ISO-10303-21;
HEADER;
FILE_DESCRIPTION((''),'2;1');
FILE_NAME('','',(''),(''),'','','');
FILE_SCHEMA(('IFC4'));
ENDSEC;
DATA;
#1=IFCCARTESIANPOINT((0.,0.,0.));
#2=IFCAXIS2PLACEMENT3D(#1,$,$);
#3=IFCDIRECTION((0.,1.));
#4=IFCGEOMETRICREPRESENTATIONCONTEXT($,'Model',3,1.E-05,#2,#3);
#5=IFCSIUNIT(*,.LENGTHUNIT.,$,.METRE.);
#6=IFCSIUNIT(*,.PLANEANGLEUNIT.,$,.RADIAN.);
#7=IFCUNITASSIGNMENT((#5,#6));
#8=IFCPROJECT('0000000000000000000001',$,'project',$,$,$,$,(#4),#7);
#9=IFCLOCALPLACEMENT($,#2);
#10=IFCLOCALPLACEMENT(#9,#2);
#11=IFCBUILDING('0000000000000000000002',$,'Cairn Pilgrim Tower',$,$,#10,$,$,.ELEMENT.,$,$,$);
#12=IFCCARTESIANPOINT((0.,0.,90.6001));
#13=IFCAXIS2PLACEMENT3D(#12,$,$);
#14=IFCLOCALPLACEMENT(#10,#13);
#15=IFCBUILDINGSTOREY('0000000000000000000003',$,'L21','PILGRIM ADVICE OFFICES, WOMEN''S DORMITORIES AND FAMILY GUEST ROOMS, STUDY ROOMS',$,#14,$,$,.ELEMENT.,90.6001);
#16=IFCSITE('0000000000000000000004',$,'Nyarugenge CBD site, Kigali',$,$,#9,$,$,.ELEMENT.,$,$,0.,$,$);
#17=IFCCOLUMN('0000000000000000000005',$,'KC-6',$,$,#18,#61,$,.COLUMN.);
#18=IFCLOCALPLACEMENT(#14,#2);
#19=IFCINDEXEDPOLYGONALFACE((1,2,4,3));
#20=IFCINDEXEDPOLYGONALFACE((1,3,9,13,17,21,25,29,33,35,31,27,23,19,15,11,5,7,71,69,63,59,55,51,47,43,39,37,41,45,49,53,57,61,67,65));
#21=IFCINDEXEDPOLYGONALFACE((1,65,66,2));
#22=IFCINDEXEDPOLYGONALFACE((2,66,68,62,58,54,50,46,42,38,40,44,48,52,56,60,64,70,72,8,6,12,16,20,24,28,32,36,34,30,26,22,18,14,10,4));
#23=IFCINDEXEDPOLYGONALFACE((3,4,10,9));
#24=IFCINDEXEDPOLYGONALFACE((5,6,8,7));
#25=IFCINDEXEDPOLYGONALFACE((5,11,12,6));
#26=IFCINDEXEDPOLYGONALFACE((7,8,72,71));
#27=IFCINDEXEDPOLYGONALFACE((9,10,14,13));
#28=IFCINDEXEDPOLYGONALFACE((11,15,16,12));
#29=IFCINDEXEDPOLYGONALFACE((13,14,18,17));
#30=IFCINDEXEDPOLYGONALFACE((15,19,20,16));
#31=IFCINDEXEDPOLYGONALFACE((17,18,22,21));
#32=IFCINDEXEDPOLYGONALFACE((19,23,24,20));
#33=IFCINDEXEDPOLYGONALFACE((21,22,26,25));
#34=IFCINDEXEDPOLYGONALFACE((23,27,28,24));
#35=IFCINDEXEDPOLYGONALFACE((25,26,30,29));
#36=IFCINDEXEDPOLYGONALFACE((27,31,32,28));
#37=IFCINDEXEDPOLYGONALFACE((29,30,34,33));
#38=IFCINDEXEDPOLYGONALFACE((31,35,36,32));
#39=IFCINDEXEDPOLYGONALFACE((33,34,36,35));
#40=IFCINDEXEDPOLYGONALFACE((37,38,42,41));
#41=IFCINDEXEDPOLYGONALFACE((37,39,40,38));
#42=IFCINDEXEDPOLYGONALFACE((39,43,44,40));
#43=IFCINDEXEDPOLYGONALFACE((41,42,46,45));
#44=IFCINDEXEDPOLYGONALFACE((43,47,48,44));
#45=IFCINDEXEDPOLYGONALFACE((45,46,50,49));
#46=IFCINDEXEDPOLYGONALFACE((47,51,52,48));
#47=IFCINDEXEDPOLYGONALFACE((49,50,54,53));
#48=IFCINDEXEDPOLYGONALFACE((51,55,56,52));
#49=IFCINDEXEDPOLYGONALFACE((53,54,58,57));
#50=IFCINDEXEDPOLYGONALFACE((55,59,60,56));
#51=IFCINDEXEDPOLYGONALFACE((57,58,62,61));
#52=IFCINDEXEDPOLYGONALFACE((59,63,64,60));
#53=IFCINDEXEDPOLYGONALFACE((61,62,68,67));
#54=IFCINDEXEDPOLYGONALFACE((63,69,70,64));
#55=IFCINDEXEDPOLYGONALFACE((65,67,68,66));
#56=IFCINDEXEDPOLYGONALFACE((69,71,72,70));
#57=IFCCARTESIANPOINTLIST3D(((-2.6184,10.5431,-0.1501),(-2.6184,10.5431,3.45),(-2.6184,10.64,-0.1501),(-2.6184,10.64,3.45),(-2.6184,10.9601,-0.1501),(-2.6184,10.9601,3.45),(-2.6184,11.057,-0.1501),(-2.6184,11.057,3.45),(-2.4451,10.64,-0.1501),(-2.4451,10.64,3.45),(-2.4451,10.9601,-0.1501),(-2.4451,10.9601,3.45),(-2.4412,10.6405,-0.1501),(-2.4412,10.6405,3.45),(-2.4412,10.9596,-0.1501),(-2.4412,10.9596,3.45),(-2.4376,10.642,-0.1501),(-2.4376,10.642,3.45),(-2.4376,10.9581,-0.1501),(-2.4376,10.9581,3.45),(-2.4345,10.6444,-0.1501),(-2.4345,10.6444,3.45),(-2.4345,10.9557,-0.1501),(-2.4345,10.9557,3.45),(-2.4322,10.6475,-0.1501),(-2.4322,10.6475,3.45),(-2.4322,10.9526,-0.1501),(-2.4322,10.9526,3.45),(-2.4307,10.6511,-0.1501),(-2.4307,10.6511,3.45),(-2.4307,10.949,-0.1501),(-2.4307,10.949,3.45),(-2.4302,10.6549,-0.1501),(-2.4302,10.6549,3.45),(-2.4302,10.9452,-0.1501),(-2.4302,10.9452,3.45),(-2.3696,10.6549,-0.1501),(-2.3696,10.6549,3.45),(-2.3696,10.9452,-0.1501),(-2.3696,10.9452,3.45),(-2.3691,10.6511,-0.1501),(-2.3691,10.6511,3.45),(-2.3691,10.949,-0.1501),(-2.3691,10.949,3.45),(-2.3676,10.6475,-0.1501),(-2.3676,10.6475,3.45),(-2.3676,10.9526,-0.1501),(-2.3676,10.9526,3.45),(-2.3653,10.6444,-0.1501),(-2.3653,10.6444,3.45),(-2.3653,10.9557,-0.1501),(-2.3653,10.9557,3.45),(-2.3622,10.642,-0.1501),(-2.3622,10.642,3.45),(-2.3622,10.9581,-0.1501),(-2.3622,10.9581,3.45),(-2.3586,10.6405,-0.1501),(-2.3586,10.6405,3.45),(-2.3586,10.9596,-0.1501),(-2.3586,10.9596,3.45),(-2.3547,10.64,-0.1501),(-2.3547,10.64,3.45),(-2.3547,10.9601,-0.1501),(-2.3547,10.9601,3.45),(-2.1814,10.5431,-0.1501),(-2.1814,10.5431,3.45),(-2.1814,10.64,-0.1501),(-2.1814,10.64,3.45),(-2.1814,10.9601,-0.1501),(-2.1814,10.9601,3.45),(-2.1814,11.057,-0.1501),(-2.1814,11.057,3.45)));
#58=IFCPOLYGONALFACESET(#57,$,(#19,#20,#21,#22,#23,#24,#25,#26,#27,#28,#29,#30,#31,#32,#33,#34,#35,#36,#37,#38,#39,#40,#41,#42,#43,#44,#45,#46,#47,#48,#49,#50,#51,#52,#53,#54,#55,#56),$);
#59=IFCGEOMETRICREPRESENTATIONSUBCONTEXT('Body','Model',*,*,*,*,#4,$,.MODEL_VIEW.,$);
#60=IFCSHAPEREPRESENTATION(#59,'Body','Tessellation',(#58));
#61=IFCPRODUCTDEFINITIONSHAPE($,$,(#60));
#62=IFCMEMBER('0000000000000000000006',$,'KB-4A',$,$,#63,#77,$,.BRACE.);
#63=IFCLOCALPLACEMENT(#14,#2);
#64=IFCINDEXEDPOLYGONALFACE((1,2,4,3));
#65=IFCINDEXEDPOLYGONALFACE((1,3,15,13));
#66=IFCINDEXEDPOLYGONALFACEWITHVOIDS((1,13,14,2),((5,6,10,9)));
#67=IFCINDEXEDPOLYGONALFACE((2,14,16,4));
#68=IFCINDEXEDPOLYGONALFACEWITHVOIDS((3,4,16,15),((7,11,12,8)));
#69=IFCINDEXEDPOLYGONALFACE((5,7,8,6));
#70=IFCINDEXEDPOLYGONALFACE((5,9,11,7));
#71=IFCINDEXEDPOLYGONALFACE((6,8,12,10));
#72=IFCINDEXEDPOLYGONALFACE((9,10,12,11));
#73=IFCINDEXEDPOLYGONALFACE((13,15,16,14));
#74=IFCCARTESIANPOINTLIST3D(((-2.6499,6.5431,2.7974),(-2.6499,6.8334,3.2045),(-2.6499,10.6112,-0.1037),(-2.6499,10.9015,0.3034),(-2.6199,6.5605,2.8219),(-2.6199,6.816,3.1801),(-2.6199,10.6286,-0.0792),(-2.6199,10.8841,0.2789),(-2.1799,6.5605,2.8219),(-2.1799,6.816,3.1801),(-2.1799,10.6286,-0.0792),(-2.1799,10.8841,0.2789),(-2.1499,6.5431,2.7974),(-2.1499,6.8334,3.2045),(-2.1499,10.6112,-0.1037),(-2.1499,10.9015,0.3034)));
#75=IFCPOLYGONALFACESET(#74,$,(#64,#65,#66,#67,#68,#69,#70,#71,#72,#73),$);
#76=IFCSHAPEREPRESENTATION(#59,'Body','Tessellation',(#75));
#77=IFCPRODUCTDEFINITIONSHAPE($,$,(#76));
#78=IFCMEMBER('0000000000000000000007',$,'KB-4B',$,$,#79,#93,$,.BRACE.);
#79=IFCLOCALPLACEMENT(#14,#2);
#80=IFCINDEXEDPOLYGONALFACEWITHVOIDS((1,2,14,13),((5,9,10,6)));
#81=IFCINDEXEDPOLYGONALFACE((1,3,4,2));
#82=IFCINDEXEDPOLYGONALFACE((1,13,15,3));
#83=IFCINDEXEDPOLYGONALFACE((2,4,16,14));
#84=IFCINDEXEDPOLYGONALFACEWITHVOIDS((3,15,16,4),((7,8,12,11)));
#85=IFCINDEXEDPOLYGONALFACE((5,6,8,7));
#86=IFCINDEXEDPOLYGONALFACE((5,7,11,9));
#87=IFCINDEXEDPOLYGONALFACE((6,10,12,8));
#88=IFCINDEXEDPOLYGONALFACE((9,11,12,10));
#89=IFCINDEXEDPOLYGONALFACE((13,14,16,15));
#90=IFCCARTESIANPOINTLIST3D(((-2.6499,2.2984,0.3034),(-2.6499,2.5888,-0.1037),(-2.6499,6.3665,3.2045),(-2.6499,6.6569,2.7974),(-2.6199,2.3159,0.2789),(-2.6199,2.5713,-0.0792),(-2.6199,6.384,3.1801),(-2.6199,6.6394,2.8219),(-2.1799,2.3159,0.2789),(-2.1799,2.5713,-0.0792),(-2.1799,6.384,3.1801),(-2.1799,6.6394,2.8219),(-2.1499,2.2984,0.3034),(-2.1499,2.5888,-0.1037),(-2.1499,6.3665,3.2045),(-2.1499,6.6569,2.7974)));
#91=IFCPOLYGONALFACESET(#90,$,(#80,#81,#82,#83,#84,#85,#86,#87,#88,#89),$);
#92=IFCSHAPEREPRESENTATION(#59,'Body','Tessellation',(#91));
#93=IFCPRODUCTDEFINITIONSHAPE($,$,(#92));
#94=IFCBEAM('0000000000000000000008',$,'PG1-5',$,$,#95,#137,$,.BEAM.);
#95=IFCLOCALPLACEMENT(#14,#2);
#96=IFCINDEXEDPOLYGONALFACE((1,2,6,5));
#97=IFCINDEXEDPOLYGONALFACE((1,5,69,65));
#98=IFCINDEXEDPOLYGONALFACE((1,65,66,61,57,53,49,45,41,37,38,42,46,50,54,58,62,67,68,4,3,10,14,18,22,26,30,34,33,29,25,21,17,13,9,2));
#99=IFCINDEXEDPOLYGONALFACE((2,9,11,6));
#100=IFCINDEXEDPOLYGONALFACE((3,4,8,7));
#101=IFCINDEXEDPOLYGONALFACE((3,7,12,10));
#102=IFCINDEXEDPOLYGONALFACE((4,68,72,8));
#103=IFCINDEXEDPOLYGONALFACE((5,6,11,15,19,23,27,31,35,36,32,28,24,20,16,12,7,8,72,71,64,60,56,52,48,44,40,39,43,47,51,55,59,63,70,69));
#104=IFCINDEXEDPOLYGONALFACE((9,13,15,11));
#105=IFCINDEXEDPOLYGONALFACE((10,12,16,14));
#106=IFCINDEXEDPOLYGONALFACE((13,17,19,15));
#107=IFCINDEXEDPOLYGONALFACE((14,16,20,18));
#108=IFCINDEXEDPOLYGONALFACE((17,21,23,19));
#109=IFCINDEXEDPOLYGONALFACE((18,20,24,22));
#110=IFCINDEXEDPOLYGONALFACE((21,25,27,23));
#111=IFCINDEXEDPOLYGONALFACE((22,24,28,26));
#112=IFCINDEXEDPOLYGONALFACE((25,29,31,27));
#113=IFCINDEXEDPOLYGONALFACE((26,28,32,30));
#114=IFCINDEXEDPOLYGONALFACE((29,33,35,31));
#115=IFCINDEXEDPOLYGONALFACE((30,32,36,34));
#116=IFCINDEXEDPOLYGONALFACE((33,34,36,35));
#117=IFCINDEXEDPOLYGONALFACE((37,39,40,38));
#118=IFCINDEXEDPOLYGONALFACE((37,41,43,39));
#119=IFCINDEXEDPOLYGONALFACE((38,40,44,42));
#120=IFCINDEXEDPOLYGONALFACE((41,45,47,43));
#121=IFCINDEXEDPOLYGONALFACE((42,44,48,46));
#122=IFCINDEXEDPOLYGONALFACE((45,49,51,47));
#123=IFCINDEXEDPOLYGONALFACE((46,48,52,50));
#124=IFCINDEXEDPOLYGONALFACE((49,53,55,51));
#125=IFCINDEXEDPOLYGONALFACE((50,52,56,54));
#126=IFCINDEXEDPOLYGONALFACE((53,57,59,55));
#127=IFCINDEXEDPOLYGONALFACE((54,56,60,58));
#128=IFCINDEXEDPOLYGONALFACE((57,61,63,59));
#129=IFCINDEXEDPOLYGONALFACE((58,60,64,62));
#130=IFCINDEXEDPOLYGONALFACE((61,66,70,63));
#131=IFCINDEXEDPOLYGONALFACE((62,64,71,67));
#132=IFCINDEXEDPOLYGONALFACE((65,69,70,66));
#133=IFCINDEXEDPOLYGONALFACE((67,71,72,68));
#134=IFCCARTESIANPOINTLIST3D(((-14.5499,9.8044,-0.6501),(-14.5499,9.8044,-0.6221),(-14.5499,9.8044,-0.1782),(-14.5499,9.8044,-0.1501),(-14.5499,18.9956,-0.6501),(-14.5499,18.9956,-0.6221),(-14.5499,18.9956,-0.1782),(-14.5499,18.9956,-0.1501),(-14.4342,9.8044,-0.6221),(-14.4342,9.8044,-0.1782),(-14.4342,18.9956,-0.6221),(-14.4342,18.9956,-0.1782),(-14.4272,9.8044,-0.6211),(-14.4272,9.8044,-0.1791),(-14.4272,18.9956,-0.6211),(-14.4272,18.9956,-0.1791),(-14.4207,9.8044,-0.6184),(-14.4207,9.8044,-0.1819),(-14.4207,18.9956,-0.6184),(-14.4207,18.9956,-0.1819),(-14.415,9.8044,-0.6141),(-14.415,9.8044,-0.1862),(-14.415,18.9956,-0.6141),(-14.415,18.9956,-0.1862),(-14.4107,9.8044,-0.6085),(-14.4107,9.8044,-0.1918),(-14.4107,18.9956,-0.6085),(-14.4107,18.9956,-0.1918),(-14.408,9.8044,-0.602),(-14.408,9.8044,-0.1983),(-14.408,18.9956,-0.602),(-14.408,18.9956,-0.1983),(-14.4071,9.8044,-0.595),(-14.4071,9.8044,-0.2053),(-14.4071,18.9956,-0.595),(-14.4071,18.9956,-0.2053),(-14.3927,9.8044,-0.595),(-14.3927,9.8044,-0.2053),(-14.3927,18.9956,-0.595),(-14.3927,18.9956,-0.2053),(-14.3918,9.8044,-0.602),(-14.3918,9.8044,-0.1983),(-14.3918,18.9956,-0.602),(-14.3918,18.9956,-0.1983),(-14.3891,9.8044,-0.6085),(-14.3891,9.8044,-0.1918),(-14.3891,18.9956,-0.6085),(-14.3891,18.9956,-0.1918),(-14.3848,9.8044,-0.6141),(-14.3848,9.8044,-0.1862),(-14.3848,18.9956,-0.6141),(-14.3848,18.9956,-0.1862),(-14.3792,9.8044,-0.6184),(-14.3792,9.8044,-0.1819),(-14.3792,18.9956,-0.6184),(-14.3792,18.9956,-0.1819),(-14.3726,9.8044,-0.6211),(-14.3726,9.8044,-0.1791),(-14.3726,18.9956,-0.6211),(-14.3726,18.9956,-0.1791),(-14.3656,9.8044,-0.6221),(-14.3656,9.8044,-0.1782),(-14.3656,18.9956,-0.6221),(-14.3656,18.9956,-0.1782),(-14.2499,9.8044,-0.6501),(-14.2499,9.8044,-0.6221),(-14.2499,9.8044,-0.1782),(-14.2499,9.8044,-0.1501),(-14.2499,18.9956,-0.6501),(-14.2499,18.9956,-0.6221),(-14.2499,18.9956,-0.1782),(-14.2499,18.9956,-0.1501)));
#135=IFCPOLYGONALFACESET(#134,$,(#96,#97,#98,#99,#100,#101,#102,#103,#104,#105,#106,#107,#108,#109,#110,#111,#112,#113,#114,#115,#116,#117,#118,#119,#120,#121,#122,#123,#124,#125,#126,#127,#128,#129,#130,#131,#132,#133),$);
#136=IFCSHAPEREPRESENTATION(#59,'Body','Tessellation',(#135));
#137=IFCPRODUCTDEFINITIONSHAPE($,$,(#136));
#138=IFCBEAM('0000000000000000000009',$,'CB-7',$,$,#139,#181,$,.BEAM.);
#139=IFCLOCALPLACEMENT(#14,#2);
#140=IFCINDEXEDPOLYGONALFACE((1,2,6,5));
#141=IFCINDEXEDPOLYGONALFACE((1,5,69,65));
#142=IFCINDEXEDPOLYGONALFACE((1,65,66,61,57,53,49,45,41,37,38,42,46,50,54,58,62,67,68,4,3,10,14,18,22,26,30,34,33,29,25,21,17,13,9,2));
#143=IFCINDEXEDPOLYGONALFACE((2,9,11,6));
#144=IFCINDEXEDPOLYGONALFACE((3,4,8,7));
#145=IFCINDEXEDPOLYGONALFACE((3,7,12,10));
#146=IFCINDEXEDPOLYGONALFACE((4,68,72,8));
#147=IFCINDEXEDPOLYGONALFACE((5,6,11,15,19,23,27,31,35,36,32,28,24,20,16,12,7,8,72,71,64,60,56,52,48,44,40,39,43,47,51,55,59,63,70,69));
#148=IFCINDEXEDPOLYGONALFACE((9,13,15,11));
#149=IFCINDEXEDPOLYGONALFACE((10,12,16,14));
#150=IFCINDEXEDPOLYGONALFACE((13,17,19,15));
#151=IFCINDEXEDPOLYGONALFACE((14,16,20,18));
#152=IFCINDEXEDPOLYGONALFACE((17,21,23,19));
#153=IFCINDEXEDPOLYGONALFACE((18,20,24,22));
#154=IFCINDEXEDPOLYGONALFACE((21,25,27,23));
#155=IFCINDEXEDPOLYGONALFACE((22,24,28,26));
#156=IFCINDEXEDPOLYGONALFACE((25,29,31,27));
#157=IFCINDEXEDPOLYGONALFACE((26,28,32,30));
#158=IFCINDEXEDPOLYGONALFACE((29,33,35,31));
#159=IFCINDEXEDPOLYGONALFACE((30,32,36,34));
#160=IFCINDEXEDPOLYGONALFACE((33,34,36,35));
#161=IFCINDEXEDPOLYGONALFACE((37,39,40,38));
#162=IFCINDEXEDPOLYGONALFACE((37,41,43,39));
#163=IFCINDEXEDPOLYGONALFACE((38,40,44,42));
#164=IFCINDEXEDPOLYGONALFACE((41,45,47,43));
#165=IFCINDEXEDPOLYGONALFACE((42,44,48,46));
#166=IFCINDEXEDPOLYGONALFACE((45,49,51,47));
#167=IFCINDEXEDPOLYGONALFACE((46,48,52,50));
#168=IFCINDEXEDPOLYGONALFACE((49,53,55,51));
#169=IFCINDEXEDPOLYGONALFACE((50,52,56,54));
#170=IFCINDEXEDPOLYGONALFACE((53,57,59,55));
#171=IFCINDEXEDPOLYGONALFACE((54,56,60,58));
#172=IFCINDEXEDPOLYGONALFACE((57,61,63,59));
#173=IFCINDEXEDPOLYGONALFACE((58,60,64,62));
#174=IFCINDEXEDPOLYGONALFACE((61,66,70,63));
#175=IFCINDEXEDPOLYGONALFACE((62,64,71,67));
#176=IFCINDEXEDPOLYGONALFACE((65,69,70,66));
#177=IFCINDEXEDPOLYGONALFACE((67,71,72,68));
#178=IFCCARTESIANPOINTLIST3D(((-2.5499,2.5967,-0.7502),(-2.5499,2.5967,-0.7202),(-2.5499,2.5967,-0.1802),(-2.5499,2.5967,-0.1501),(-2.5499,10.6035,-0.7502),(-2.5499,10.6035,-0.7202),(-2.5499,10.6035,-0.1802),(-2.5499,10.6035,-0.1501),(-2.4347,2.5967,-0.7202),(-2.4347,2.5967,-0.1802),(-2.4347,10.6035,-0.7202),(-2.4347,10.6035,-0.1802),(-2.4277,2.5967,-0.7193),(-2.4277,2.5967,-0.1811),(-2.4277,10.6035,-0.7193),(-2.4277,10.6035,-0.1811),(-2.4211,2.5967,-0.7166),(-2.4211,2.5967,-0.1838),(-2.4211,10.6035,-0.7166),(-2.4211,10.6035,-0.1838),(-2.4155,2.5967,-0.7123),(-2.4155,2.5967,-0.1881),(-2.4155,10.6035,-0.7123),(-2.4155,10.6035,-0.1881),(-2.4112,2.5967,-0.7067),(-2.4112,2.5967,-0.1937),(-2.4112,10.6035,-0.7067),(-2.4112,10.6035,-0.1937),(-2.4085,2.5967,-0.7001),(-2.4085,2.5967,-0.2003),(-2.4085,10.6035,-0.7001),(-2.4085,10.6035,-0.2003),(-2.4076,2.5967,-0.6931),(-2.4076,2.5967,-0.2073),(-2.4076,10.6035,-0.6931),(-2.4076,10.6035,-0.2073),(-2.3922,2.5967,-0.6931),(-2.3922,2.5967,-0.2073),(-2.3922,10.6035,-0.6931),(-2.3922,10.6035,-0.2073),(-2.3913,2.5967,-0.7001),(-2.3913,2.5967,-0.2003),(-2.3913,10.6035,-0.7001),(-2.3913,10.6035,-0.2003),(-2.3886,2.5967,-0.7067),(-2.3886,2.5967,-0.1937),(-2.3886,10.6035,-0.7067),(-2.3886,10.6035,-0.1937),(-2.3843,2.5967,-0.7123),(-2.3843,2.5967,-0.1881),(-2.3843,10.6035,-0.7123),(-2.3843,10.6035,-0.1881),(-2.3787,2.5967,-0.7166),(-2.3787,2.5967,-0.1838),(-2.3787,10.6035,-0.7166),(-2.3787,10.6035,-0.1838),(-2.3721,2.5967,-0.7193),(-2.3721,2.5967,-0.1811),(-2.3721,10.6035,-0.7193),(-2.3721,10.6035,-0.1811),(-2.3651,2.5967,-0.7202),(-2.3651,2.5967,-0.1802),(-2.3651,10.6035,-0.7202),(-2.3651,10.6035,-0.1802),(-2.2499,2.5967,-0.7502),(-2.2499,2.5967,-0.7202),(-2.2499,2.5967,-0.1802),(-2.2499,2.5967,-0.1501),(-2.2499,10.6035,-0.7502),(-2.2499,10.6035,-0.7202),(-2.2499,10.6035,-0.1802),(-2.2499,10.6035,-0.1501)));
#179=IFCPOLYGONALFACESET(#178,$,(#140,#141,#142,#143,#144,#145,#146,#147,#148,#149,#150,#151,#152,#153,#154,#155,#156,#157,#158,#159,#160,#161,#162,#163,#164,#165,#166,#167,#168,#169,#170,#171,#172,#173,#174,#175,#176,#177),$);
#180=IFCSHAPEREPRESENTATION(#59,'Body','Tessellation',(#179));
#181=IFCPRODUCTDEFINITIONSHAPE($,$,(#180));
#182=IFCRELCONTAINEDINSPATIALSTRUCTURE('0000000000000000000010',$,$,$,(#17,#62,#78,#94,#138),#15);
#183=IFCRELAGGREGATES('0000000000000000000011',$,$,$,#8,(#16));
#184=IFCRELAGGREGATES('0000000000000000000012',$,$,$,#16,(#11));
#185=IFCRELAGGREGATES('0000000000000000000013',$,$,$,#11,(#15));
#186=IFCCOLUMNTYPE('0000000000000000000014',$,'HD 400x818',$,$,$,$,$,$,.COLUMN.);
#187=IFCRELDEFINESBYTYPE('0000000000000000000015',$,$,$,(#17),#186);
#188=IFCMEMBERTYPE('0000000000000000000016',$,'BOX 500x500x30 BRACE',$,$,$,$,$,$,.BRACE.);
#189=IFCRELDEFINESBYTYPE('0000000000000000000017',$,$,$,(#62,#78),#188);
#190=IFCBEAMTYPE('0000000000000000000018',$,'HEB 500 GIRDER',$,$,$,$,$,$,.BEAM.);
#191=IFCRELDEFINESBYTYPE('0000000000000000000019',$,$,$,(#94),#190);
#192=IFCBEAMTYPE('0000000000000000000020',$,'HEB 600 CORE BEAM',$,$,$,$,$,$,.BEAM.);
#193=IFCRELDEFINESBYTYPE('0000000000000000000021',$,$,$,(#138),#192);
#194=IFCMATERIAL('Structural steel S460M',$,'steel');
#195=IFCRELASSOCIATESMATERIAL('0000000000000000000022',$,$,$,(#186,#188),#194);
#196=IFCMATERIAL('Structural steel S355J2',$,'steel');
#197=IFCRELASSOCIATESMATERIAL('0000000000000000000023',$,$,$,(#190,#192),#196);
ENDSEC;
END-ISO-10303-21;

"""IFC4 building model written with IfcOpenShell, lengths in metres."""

from ifc_helpers import new_model, si_unit, direction, frame, origin, origin_2d, place, context, subcontext, project, spatial, hollow_rectangle, i_section, extrude, material, material_profile, profile_set, type_object, element, save


model = new_model("IFC4")

# Units and contexts
model_context = context("Model", 3, precision=1e-05, world=origin(), true_north=direction((0.0, 1.0)))
body_context = subcontext(model_context, "Body", "Model", "MODEL_VIEW")
ifc_project = project(units=[si_unit("LENGTHUNIT", "METRE"), si_unit("PLANEANGLEUNIT", "RADIAN")], contexts=[model_context])

# Site, building, storey
site_placement = place(None, origin())
site = spatial("IfcSite", under=ifc_project, at=site_placement, Name="Nyarugenge CBD site, Kigali", CompositionType="ELEMENT", RefElevation=0.0)
building_placement = place(site_placement, origin())
building = spatial("IfcBuilding", under=site, at=building_placement, Name="Cairn Pilgrim Tower", CompositionType="ELEMENT")
storey_placement = place(building_placement, frame((0.0, 0.0, 90.6001)))
storey = spatial("IfcBuildingStorey", under=building, at=storey_placement, Name="L21", Description="PILGRIM ADVICE OFFICES, WOMEN'S DORMITORIES AND FAMILY GUEST ROOMS, STUDY ROOMS", CompositionType="ELEMENT", Elevation=90.6001)

# Column
ifc_material_1 = material(Name="Structural steel S460M", Category="steel")
ifc_material_profile_1 = material_profile(ifc_material_1, i_section(OverallWidth=0.437, OverallDepth=0.5139, WebThickness=0.0605, FlangeThickness=0.0969, FilletRadius=0.0149, at=origin_2d()), Name="HD 400x818")
ifc_profile_set_1 = profile_set([ifc_material_profile_1], Name="Structural steel S460M")
column_type_1 = type_object("IfcColumnType", Name="HD 400x818", PredefinedType="COLUMN", material=ifc_profile_set_1)
for number, where, z_axis, x_axis, name in (
    (1, (-2.3999, 10.8, -0.1501), (0.0, 0.0, 1.0), (1.0, 0.0, 0.0), "KC-6"),
):
    element("IfcColumn", number, at=place(storey_placement, frame(where, z_axis=z_axis, x_axis=x_axis)), inside=storey, type_object=column_type_1, Name=name, PredefinedType="COLUMN", context=body_context, shape_type="SweptSolid", body=[
        extrude(i_section(OverallWidth=0.437, OverallDepth=0.5139, WebThickness=0.0605, FlangeThickness=0.0969, FilletRadius=0.0149, at=origin_2d()), origin(), (0.0, 0.0, 1.0), 3.6001),
    ])

# Members
ifc_material_profile_2 = material_profile(ifc_material_1, hollow_rectangle(XDim=0.5, YDim=0.5, WallThickness=0.03, at=origin_2d()), Name="BOX 500x500x30")
ifc_profile_set_2 = profile_set([ifc_material_profile_2], Name="Structural steel S460M")
member_type = type_object("IfcMemberType", Name="BOX 500x500x30 BRACE", PredefinedType="BRACE", material=ifc_profile_set_2)
for number, where, z_axis, x_axis, name in (
    (2, (-2.3999, 10.7563, 0.0999), (0.0, -0.814176, 0.580619), (1.0, 0.0, 0.0), "KB-4A"),
    (3, (-2.3999, 2.4436, 0.0999), (0.0, 0.814176, 0.580619), (-1.0, 0.0, 0.0), "KB-4B"),
):
    element("IfcMember", number, at=place(storey_placement, frame(where, z_axis=z_axis, x_axis=x_axis)), inside=storey, type_object=member_type, Name=name, PredefinedType="BRACE", context=body_context, shape_type="SweptSolid", body=[
        extrude(hollow_rectangle(XDim=0.5, YDim=0.5, WallThickness=0.03, at=origin_2d()), origin(), (0.0, 0.0, 1.0), 4.9966),
    ])

# Beams
ifc_material_2 = material(Name="Structural steel S355J2", Category="steel")
ifc_material_profile_3 = material_profile(ifc_material_2, i_section(OverallWidth=0.3, OverallDepth=0.5, WebThickness=0.0144, FlangeThickness=0.0281, FilletRadius=0.0271, at=origin_2d()), Name="HEB 500")
ifc_profile_set_3 = profile_set([ifc_material_profile_3], Name="Structural steel S355J2")
beam_type_1 = type_object("IfcBeamType", Name="HEB 500 GIRDER", PredefinedType="BEAM", material=ifc_profile_set_3)
beam_1_placement = place(storey_placement, frame((-14.3999, 9.8044, -0.4001), z_axis=(0.0, 1.0, 0.0), x_axis=(-1.0, 0.0, 0.0)))
element("IfcBeam", 4, at=beam_1_placement, inside=storey, type_object=beam_type_1, Name="PG1-5", PredefinedType="BEAM", context=body_context, shape_type="SweptSolid", body=[
    extrude(i_section(OverallWidth=0.3, OverallDepth=0.5, WebThickness=0.0144, FlangeThickness=0.0281, FilletRadius=0.0271, at=origin_2d()), origin(), (0.0, 0.0, 1.0), 9.1912),
])
ifc_material_profile_4 = material_profile(ifc_material_2, i_section(OverallWidth=0.3, OverallDepth=0.6001, WebThickness=0.0154, FlangeThickness=0.03, FilletRadius=0.0271, at=origin_2d()), Name="HEB 600")
ifc_profile_set_4 = profile_set([ifc_material_profile_4], Name="Structural steel S355J2")
beam_type_2 = type_object("IfcBeamType", Name="HEB 600 CORE BEAM", PredefinedType="BEAM", material=ifc_profile_set_4)
for number, where, z_axis, x_axis, name in (
    (5, (-2.3999, 10.6035, -0.4502), (0.0, -1.0, 0.0), (1.0, 0.0, 0.0), "CB-7"),
):
    element("IfcBeam", number, at=place(storey_placement, frame(where, z_axis=z_axis, x_axis=x_axis)), inside=storey, type_object=beam_type_2, Name=name, PredefinedType="BEAM", context=body_context, shape_type="SweptSolid", body=[
        extrude(i_section(OverallWidth=0.3, OverallDepth=0.6001, WebThickness=0.0154, FlangeThickness=0.03, FilletRadius=0.0271, at=origin_2d()), origin(), (0.0, 0.0, 1.0), 8.0068),
    ])

save(model, "model.ifc")
